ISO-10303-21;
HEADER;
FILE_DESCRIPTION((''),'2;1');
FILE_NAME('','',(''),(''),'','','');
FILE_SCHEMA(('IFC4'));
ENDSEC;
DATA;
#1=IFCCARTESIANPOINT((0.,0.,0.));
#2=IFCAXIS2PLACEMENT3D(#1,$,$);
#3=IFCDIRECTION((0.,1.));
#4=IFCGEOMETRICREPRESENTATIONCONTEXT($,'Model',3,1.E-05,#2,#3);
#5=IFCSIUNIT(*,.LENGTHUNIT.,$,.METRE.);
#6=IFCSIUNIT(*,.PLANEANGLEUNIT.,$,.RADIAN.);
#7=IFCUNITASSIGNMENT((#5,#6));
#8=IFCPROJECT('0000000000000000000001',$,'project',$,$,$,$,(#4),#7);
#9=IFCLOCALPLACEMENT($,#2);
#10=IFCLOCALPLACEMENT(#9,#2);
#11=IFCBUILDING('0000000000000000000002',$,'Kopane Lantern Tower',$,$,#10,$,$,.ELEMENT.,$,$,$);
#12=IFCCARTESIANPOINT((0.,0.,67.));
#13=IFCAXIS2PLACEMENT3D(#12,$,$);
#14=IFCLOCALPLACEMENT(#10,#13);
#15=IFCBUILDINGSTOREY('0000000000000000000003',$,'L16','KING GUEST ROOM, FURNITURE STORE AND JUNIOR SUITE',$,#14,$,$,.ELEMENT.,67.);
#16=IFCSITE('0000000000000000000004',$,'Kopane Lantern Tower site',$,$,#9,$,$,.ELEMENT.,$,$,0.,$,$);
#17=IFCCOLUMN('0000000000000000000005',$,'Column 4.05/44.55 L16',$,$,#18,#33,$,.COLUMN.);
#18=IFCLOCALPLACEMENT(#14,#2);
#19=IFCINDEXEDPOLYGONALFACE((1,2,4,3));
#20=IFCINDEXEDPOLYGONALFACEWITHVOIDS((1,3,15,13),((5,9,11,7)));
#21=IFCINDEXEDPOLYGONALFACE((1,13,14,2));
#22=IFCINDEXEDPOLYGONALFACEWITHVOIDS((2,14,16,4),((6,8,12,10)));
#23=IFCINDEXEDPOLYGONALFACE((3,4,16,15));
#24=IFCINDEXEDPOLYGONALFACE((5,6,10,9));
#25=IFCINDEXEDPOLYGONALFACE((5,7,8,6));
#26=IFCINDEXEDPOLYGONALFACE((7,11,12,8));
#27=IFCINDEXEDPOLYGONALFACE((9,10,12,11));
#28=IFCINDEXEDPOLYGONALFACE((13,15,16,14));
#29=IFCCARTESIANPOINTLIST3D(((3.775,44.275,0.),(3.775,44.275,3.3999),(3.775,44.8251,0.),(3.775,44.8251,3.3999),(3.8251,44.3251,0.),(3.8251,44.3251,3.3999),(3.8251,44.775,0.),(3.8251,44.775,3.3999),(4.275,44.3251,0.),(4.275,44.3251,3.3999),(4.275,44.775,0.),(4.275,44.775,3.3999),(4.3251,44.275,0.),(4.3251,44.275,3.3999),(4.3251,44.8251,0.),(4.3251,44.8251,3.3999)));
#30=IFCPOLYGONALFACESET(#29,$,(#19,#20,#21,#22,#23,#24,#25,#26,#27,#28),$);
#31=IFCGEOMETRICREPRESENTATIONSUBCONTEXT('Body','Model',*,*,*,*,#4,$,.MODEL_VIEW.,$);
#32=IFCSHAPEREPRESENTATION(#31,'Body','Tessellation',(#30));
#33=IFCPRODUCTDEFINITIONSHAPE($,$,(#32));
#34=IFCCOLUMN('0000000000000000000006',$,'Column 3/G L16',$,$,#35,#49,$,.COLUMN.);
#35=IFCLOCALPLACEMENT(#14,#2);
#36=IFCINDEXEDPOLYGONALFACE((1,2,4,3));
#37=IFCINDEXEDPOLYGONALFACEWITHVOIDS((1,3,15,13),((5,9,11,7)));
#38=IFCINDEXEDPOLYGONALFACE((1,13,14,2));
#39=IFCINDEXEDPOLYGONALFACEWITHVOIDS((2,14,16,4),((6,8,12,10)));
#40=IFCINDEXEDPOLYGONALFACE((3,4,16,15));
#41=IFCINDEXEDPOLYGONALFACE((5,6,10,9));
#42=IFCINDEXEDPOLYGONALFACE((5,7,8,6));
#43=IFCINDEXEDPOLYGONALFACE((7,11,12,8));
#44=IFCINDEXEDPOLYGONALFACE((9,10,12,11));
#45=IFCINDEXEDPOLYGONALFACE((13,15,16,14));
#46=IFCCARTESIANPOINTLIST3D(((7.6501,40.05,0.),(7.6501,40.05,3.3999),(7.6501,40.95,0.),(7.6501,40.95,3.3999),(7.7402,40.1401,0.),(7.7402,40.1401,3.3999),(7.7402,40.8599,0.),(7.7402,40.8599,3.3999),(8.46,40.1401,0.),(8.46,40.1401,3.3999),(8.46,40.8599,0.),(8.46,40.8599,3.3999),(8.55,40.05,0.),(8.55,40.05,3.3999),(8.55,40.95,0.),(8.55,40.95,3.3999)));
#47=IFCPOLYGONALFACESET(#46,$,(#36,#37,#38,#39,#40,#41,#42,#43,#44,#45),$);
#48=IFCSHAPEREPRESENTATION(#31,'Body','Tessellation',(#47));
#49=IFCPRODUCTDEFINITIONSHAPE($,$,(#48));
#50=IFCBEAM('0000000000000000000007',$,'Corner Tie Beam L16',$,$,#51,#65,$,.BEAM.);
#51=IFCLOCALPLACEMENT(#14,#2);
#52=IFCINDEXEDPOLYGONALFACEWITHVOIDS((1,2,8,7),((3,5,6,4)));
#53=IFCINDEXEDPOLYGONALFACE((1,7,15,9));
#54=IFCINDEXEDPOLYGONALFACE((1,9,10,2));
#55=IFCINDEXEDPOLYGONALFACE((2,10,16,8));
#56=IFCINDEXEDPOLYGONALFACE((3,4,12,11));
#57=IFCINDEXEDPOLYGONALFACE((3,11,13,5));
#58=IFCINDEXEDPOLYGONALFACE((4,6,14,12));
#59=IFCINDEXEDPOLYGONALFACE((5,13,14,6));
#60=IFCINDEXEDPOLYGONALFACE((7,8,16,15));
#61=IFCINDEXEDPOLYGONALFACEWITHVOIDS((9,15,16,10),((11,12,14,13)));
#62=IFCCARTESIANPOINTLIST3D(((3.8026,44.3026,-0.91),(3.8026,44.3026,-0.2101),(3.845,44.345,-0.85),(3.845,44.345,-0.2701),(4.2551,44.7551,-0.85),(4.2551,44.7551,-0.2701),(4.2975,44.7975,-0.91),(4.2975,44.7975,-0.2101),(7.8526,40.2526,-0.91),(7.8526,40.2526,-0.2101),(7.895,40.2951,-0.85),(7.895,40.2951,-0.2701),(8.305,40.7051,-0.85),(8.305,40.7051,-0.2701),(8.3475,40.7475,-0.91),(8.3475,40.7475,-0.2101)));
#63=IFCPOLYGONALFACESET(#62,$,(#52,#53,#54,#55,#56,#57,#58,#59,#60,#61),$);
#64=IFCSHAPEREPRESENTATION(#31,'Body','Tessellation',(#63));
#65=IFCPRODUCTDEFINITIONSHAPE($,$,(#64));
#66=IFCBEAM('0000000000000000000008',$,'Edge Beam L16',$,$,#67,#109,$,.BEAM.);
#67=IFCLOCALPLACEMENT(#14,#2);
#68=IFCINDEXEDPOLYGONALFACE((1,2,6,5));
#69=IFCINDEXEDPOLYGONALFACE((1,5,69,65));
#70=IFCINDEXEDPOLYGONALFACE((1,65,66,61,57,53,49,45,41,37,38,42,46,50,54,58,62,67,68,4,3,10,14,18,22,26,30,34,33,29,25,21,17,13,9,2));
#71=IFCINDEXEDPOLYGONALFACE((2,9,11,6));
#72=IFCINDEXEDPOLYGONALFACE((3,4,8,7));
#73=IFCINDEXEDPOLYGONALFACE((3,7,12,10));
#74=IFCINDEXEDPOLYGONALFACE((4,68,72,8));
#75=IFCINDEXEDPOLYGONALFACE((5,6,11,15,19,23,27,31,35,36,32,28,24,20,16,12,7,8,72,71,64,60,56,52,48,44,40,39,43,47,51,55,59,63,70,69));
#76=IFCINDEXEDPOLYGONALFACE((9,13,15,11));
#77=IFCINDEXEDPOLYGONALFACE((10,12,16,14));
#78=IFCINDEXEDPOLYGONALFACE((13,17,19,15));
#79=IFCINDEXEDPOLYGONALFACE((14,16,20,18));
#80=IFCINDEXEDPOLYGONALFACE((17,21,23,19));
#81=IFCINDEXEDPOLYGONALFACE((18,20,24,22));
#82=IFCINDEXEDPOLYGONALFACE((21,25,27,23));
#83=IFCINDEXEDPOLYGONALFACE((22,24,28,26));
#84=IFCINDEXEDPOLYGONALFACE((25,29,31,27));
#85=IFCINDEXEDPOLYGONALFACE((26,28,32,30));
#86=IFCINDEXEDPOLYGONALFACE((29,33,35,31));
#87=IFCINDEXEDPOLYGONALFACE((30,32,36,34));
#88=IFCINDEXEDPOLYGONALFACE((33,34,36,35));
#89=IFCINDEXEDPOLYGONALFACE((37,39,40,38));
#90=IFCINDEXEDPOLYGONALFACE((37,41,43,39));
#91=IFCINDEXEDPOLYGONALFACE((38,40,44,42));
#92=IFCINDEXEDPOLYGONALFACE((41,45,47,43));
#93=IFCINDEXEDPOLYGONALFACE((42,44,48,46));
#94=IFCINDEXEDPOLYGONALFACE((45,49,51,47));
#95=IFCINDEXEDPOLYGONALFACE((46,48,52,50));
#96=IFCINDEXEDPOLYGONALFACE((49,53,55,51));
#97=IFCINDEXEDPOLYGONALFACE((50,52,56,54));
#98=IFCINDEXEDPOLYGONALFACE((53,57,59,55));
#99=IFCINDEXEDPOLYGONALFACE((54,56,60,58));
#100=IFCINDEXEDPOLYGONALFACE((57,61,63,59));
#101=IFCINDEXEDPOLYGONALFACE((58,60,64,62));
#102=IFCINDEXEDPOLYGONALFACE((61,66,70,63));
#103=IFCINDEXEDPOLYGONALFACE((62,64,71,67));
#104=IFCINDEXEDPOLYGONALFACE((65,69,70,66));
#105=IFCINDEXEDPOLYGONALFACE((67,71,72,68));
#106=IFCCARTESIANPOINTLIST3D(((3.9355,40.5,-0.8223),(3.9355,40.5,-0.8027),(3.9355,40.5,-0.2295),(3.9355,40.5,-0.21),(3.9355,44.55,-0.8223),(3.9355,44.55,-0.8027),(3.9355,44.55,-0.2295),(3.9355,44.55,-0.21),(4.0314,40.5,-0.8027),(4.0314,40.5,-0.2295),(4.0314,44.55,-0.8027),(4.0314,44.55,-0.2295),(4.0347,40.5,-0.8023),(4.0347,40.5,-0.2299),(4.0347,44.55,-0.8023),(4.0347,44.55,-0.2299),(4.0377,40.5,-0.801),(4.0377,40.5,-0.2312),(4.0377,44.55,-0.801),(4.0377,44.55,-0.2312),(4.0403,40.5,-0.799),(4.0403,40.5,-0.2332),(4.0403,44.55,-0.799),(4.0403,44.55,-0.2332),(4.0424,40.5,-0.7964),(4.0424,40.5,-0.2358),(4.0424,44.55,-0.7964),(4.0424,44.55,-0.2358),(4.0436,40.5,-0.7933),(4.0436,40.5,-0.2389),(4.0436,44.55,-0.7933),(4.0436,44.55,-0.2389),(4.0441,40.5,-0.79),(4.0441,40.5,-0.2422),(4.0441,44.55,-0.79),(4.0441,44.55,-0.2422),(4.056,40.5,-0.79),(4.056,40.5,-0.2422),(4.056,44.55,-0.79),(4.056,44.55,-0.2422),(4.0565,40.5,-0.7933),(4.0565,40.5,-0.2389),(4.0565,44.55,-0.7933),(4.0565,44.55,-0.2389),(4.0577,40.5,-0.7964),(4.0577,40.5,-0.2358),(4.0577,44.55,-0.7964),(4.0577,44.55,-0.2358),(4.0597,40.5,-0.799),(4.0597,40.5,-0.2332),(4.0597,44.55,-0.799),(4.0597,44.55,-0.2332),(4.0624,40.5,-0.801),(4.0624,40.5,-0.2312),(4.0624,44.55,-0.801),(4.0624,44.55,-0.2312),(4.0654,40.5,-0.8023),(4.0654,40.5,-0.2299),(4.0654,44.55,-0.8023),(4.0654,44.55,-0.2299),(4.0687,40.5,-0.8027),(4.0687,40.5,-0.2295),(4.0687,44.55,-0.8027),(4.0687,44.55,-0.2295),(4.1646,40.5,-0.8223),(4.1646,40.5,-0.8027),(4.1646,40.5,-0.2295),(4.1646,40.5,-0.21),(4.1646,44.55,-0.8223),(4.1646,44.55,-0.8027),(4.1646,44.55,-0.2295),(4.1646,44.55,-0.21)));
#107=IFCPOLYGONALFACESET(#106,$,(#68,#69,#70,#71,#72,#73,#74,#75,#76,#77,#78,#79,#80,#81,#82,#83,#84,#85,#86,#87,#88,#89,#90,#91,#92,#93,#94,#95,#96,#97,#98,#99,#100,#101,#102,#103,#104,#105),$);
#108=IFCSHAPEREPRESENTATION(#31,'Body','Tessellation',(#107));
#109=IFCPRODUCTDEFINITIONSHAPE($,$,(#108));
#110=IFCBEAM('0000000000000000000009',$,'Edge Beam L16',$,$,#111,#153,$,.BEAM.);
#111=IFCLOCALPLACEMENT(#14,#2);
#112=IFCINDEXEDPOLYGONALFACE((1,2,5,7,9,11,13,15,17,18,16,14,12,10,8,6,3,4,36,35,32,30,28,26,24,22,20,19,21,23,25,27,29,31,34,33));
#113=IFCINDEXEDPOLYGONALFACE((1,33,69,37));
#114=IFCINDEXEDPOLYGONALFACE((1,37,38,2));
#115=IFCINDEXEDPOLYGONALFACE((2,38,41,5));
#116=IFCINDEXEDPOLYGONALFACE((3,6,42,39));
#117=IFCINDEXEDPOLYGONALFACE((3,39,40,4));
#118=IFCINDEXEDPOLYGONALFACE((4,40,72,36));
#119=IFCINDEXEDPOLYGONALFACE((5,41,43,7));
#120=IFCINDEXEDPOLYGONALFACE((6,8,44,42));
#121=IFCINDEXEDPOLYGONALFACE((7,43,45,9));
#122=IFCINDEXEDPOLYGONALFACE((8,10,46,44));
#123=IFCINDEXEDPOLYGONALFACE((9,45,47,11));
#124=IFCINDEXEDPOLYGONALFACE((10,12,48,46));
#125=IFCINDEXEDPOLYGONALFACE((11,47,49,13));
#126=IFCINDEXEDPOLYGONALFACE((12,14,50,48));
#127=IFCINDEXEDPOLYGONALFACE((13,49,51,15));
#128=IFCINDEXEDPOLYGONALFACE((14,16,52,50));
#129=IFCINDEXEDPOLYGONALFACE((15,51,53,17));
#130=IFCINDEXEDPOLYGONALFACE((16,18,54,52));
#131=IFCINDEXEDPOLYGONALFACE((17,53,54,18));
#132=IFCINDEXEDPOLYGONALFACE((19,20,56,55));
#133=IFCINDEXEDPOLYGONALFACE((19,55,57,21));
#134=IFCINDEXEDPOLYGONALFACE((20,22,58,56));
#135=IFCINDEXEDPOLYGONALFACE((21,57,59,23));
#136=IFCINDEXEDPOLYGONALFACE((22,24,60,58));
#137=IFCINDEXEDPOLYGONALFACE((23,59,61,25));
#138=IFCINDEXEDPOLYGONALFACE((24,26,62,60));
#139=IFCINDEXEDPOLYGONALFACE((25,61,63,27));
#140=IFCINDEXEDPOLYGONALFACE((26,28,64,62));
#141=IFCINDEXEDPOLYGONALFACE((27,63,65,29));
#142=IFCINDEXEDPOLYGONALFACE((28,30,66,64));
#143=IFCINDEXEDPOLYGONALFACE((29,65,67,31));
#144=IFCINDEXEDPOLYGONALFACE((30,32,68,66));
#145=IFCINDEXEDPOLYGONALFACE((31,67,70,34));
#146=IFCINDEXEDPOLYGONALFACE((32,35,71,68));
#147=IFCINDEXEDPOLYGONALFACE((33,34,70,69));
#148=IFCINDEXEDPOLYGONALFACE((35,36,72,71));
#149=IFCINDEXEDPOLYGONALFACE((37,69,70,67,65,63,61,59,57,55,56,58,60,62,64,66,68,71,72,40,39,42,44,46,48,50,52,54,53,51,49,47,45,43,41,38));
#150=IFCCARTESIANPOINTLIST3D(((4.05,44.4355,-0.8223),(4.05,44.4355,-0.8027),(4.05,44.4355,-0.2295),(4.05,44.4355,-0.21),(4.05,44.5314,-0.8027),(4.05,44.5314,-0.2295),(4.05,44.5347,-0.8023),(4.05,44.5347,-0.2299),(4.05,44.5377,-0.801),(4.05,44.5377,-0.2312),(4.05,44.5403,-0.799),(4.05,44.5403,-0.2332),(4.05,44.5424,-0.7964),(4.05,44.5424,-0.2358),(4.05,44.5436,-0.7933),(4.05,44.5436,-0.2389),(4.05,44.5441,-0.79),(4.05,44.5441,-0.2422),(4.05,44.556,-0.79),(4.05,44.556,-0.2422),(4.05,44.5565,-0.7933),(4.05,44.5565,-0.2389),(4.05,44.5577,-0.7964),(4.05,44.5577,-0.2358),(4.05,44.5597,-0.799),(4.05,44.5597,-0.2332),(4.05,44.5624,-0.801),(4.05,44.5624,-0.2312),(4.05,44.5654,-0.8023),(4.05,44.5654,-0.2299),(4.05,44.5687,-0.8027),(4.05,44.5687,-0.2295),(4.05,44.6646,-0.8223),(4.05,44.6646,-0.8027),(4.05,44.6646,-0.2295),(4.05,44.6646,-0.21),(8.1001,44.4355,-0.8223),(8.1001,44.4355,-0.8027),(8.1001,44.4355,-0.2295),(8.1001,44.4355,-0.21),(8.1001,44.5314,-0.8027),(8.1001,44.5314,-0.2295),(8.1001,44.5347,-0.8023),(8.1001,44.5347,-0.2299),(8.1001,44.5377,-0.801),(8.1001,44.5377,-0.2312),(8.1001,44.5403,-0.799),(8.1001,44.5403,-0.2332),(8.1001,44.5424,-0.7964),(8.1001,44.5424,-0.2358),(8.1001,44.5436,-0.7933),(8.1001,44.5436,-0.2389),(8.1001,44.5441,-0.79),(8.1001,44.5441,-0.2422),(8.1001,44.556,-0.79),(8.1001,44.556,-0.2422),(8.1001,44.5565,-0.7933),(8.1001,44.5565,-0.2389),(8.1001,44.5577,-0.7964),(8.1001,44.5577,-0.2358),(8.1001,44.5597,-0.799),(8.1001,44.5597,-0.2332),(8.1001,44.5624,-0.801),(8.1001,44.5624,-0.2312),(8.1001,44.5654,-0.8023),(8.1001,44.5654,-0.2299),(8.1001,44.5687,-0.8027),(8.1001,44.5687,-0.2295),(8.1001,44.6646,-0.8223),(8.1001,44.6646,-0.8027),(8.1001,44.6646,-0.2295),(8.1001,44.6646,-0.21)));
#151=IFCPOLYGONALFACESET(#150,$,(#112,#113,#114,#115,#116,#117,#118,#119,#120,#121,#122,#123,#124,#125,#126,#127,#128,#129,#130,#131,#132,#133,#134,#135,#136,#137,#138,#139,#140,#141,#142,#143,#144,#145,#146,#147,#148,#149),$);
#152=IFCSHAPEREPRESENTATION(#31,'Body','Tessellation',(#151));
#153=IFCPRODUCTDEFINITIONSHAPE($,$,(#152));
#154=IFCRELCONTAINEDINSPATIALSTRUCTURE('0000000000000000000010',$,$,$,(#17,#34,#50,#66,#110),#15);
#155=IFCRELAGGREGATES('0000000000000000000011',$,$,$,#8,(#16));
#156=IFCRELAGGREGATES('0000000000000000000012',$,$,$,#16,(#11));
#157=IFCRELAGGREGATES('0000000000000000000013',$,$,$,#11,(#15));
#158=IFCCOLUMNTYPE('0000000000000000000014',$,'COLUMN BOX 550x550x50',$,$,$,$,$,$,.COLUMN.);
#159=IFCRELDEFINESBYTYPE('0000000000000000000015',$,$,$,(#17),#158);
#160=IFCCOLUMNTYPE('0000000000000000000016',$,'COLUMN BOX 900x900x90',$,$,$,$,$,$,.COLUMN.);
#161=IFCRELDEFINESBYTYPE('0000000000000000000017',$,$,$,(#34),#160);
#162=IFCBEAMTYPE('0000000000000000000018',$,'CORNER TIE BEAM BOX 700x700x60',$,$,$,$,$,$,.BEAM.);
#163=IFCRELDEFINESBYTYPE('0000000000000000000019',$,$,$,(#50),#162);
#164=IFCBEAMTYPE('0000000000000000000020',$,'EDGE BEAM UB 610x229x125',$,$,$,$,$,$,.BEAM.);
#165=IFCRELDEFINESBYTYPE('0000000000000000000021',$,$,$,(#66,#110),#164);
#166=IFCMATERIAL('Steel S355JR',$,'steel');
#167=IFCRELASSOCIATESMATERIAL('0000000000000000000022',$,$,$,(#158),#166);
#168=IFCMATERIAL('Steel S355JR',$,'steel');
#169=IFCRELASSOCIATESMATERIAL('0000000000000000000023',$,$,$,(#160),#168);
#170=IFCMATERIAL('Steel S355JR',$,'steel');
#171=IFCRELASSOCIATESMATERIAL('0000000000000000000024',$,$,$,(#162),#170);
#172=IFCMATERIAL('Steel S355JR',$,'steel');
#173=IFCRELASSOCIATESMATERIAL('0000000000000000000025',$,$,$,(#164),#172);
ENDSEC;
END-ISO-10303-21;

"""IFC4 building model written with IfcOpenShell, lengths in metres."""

from ifc_helpers import new_model, si_unit, direction, frame, origin, origin_2d, place, context, subcontext, project, spatial, hollow_rectangle, i_section, extrude, material, material_profile, profile_set, type_object, element, save


model = new_model("IFC4")

# Units and contexts
model_context = context("Model", 3, precision=1e-05, world=origin(), true_north=direction((0.0, 1.0)))
body_context = subcontext(model_context, "Body", "Model", "MODEL_VIEW")
ifc_project = project(units=[si_unit("LENGTHUNIT", "METRE"), si_unit("PLANEANGLEUNIT", "RADIAN")], contexts=[model_context])

# Site, building, storey
site_placement = place(None, origin())
site = spatial("IfcSite", under=ifc_project, at=site_placement, Name="Kopane Lantern Tower site", CompositionType="ELEMENT", RefElevation=0.0)
building_placement = place(site_placement, origin())
building = spatial("IfcBuilding", under=site, at=building_placement, Name="Kopane Lantern Tower", CompositionType="ELEMENT")
storey_placement = place(building_placement, frame((0.0, 0.0, 67.0)))
storey = spatial("IfcBuildingStorey", under=building, at=storey_placement, Name="L16", Description="KING GUEST ROOM, FURNITURE STORE AND JUNIOR SUITE", CompositionType="ELEMENT", Elevation=67.0)

# Columns
ifc_material_1 = material(Name="Steel S355JR", Category="steel")
ifc_material_profile_1 = material_profile(ifc_material_1, hollow_rectangle(XDim=0.55, YDim=0.55, WallThickness=0.05, at=origin_2d()), Name="BOX 550x550x50")
ifc_profile_set_1 = profile_set([ifc_material_profile_1], Name="Steel S355JR")
column_type_1 = type_object("IfcColumnType", Name="COLUMN BOX 550x550x50", PredefinedType="COLUMN", material=ifc_profile_set_1)
column_1_placement = place(storey_placement, frame((4.05, 44.55, 0.0), z_axis=(0.0, 0.0, 1.0), x_axis=(1.0, 0.0, 0.0)))
element("IfcColumn", 1, at=column_1_placement, inside=storey, type_object=column_type_1, Name="Column 4.05/44.55 L16", PredefinedType="COLUMN", context=body_context, shape_type="SweptSolid", body=[
    extrude(hollow_rectangle(XDim=0.55, YDim=0.55, WallThickness=0.05, at=origin_2d()), origin(), (0.0, 0.0, 1.0), 3.3999),
])
ifc_material_2 = material(Name="Steel S355JR", Category="steel")
ifc_material_profile_2 = material_profile(ifc_material_2, hollow_rectangle(XDim=0.8999, YDim=0.8999, WallThickness=0.0901, at=origin_2d()), Name="BOX 900x900x90")
ifc_profile_set_2 = profile_set([ifc_material_profile_2], Name="Steel S355JR")
column_type_2 = type_object("IfcColumnType", Name="COLUMN BOX 900x900x90", PredefinedType="COLUMN", material=ifc_profile_set_2)
column_2_placement = place(storey_placement, frame((8.1001, 40.5, 0.0), z_axis=(0.0, 0.0, 1.0), x_axis=(1.0, 0.0, 0.0)))
element("IfcColumn", 2, at=column_2_placement, inside=storey, type_object=column_type_2, Name="Column 3/G L16", PredefinedType="COLUMN", context=body_context, shape_type="SweptSolid", body=[
    extrude(hollow_rectangle(XDim=0.8999, YDim=0.8999, WallThickness=0.0901, at=origin_2d()), origin(), (0.0, 0.0, 1.0), 3.3999),
])

# Beams
ifc_material_3 = material(Name="Steel S355JR", Category="steel")
ifc_material_profile_3 = material_profile(ifc_material_3, hollow_rectangle(XDim=0.7, YDim=0.7, WallThickness=0.0601, at=origin_2d()), Name="BOX 700x700x60")
ifc_profile_set_3 = profile_set([ifc_material_profile_3], Name="Steel S355JR")
beam_type_1 = type_object("IfcBeamType", Name="CORNER TIE BEAM BOX 700x700x60", PredefinedType="BEAM", material=ifc_profile_set_3)
beam_1_placement = place(storey_placement, frame((4.05, 44.55, -0.5601), z_axis=(0.707107, -0.707107, 0.0), x_axis=(0.707107, 0.707107, 0.0)))
element("IfcBeam", 3, at=beam_1_placement, inside=storey, type_object=beam_type_1, Name="Corner Tie Beam L16", PredefinedType="BEAM", context=body_context, shape_type="SweptSolid", body=[
    extrude(hollow_rectangle(XDim=0.7, YDim=0.7, WallThickness=0.0601, at=origin_2d()), origin(), (0.0, 0.0, 1.0), 5.7275),
])
ifc_material_4 = material(Name="Steel S355JR", Category="steel")
ifc_material_profile_4 = material_profile(ifc_material_4, i_section(OverallWidth=0.229, OverallDepth=0.6123, WebThickness=0.012, FlangeThickness=0.0195, FilletRadius=0.0127, at=origin_2d()), Name="UB 610x229x125")
ifc_profile_set_4 = profile_set([ifc_material_profile_4], Name="Steel S355JR")
beam_type_2 = type_object("IfcBeamType", Name="EDGE BEAM UB 610x229x125", PredefinedType="BEAM", material=ifc_profile_set_4)
for number, where, z_axis, x_axis, name in (
    (4, (4.05, 44.55, -0.5161), (0.0, -1.0, 0.0), (1.0, 0.0, 0.0), "Edge Beam L16"),
    (5, (4.05, 44.55, -0.5161), (1.0, 0.0, 0.0), (0.0, 1.0, 0.0), "Edge Beam L16"),
):
    element("IfcBeam", number, at=place(storey_placement, frame(where, z_axis=z_axis, x_axis=x_axis)), inside=storey, type_object=beam_type_2, Name=name, PredefinedType="BEAM", context=body_context, shape_type="SweptSolid", body=[
        extrude(i_section(OverallWidth=0.229, OverallDepth=0.6123, WebThickness=0.012, FlangeThickness=0.0195, FilletRadius=0.0127, at=origin_2d()), origin(), (0.0, 0.0, 1.0), 4.05),
    ])

save(model, "model.ifc")
